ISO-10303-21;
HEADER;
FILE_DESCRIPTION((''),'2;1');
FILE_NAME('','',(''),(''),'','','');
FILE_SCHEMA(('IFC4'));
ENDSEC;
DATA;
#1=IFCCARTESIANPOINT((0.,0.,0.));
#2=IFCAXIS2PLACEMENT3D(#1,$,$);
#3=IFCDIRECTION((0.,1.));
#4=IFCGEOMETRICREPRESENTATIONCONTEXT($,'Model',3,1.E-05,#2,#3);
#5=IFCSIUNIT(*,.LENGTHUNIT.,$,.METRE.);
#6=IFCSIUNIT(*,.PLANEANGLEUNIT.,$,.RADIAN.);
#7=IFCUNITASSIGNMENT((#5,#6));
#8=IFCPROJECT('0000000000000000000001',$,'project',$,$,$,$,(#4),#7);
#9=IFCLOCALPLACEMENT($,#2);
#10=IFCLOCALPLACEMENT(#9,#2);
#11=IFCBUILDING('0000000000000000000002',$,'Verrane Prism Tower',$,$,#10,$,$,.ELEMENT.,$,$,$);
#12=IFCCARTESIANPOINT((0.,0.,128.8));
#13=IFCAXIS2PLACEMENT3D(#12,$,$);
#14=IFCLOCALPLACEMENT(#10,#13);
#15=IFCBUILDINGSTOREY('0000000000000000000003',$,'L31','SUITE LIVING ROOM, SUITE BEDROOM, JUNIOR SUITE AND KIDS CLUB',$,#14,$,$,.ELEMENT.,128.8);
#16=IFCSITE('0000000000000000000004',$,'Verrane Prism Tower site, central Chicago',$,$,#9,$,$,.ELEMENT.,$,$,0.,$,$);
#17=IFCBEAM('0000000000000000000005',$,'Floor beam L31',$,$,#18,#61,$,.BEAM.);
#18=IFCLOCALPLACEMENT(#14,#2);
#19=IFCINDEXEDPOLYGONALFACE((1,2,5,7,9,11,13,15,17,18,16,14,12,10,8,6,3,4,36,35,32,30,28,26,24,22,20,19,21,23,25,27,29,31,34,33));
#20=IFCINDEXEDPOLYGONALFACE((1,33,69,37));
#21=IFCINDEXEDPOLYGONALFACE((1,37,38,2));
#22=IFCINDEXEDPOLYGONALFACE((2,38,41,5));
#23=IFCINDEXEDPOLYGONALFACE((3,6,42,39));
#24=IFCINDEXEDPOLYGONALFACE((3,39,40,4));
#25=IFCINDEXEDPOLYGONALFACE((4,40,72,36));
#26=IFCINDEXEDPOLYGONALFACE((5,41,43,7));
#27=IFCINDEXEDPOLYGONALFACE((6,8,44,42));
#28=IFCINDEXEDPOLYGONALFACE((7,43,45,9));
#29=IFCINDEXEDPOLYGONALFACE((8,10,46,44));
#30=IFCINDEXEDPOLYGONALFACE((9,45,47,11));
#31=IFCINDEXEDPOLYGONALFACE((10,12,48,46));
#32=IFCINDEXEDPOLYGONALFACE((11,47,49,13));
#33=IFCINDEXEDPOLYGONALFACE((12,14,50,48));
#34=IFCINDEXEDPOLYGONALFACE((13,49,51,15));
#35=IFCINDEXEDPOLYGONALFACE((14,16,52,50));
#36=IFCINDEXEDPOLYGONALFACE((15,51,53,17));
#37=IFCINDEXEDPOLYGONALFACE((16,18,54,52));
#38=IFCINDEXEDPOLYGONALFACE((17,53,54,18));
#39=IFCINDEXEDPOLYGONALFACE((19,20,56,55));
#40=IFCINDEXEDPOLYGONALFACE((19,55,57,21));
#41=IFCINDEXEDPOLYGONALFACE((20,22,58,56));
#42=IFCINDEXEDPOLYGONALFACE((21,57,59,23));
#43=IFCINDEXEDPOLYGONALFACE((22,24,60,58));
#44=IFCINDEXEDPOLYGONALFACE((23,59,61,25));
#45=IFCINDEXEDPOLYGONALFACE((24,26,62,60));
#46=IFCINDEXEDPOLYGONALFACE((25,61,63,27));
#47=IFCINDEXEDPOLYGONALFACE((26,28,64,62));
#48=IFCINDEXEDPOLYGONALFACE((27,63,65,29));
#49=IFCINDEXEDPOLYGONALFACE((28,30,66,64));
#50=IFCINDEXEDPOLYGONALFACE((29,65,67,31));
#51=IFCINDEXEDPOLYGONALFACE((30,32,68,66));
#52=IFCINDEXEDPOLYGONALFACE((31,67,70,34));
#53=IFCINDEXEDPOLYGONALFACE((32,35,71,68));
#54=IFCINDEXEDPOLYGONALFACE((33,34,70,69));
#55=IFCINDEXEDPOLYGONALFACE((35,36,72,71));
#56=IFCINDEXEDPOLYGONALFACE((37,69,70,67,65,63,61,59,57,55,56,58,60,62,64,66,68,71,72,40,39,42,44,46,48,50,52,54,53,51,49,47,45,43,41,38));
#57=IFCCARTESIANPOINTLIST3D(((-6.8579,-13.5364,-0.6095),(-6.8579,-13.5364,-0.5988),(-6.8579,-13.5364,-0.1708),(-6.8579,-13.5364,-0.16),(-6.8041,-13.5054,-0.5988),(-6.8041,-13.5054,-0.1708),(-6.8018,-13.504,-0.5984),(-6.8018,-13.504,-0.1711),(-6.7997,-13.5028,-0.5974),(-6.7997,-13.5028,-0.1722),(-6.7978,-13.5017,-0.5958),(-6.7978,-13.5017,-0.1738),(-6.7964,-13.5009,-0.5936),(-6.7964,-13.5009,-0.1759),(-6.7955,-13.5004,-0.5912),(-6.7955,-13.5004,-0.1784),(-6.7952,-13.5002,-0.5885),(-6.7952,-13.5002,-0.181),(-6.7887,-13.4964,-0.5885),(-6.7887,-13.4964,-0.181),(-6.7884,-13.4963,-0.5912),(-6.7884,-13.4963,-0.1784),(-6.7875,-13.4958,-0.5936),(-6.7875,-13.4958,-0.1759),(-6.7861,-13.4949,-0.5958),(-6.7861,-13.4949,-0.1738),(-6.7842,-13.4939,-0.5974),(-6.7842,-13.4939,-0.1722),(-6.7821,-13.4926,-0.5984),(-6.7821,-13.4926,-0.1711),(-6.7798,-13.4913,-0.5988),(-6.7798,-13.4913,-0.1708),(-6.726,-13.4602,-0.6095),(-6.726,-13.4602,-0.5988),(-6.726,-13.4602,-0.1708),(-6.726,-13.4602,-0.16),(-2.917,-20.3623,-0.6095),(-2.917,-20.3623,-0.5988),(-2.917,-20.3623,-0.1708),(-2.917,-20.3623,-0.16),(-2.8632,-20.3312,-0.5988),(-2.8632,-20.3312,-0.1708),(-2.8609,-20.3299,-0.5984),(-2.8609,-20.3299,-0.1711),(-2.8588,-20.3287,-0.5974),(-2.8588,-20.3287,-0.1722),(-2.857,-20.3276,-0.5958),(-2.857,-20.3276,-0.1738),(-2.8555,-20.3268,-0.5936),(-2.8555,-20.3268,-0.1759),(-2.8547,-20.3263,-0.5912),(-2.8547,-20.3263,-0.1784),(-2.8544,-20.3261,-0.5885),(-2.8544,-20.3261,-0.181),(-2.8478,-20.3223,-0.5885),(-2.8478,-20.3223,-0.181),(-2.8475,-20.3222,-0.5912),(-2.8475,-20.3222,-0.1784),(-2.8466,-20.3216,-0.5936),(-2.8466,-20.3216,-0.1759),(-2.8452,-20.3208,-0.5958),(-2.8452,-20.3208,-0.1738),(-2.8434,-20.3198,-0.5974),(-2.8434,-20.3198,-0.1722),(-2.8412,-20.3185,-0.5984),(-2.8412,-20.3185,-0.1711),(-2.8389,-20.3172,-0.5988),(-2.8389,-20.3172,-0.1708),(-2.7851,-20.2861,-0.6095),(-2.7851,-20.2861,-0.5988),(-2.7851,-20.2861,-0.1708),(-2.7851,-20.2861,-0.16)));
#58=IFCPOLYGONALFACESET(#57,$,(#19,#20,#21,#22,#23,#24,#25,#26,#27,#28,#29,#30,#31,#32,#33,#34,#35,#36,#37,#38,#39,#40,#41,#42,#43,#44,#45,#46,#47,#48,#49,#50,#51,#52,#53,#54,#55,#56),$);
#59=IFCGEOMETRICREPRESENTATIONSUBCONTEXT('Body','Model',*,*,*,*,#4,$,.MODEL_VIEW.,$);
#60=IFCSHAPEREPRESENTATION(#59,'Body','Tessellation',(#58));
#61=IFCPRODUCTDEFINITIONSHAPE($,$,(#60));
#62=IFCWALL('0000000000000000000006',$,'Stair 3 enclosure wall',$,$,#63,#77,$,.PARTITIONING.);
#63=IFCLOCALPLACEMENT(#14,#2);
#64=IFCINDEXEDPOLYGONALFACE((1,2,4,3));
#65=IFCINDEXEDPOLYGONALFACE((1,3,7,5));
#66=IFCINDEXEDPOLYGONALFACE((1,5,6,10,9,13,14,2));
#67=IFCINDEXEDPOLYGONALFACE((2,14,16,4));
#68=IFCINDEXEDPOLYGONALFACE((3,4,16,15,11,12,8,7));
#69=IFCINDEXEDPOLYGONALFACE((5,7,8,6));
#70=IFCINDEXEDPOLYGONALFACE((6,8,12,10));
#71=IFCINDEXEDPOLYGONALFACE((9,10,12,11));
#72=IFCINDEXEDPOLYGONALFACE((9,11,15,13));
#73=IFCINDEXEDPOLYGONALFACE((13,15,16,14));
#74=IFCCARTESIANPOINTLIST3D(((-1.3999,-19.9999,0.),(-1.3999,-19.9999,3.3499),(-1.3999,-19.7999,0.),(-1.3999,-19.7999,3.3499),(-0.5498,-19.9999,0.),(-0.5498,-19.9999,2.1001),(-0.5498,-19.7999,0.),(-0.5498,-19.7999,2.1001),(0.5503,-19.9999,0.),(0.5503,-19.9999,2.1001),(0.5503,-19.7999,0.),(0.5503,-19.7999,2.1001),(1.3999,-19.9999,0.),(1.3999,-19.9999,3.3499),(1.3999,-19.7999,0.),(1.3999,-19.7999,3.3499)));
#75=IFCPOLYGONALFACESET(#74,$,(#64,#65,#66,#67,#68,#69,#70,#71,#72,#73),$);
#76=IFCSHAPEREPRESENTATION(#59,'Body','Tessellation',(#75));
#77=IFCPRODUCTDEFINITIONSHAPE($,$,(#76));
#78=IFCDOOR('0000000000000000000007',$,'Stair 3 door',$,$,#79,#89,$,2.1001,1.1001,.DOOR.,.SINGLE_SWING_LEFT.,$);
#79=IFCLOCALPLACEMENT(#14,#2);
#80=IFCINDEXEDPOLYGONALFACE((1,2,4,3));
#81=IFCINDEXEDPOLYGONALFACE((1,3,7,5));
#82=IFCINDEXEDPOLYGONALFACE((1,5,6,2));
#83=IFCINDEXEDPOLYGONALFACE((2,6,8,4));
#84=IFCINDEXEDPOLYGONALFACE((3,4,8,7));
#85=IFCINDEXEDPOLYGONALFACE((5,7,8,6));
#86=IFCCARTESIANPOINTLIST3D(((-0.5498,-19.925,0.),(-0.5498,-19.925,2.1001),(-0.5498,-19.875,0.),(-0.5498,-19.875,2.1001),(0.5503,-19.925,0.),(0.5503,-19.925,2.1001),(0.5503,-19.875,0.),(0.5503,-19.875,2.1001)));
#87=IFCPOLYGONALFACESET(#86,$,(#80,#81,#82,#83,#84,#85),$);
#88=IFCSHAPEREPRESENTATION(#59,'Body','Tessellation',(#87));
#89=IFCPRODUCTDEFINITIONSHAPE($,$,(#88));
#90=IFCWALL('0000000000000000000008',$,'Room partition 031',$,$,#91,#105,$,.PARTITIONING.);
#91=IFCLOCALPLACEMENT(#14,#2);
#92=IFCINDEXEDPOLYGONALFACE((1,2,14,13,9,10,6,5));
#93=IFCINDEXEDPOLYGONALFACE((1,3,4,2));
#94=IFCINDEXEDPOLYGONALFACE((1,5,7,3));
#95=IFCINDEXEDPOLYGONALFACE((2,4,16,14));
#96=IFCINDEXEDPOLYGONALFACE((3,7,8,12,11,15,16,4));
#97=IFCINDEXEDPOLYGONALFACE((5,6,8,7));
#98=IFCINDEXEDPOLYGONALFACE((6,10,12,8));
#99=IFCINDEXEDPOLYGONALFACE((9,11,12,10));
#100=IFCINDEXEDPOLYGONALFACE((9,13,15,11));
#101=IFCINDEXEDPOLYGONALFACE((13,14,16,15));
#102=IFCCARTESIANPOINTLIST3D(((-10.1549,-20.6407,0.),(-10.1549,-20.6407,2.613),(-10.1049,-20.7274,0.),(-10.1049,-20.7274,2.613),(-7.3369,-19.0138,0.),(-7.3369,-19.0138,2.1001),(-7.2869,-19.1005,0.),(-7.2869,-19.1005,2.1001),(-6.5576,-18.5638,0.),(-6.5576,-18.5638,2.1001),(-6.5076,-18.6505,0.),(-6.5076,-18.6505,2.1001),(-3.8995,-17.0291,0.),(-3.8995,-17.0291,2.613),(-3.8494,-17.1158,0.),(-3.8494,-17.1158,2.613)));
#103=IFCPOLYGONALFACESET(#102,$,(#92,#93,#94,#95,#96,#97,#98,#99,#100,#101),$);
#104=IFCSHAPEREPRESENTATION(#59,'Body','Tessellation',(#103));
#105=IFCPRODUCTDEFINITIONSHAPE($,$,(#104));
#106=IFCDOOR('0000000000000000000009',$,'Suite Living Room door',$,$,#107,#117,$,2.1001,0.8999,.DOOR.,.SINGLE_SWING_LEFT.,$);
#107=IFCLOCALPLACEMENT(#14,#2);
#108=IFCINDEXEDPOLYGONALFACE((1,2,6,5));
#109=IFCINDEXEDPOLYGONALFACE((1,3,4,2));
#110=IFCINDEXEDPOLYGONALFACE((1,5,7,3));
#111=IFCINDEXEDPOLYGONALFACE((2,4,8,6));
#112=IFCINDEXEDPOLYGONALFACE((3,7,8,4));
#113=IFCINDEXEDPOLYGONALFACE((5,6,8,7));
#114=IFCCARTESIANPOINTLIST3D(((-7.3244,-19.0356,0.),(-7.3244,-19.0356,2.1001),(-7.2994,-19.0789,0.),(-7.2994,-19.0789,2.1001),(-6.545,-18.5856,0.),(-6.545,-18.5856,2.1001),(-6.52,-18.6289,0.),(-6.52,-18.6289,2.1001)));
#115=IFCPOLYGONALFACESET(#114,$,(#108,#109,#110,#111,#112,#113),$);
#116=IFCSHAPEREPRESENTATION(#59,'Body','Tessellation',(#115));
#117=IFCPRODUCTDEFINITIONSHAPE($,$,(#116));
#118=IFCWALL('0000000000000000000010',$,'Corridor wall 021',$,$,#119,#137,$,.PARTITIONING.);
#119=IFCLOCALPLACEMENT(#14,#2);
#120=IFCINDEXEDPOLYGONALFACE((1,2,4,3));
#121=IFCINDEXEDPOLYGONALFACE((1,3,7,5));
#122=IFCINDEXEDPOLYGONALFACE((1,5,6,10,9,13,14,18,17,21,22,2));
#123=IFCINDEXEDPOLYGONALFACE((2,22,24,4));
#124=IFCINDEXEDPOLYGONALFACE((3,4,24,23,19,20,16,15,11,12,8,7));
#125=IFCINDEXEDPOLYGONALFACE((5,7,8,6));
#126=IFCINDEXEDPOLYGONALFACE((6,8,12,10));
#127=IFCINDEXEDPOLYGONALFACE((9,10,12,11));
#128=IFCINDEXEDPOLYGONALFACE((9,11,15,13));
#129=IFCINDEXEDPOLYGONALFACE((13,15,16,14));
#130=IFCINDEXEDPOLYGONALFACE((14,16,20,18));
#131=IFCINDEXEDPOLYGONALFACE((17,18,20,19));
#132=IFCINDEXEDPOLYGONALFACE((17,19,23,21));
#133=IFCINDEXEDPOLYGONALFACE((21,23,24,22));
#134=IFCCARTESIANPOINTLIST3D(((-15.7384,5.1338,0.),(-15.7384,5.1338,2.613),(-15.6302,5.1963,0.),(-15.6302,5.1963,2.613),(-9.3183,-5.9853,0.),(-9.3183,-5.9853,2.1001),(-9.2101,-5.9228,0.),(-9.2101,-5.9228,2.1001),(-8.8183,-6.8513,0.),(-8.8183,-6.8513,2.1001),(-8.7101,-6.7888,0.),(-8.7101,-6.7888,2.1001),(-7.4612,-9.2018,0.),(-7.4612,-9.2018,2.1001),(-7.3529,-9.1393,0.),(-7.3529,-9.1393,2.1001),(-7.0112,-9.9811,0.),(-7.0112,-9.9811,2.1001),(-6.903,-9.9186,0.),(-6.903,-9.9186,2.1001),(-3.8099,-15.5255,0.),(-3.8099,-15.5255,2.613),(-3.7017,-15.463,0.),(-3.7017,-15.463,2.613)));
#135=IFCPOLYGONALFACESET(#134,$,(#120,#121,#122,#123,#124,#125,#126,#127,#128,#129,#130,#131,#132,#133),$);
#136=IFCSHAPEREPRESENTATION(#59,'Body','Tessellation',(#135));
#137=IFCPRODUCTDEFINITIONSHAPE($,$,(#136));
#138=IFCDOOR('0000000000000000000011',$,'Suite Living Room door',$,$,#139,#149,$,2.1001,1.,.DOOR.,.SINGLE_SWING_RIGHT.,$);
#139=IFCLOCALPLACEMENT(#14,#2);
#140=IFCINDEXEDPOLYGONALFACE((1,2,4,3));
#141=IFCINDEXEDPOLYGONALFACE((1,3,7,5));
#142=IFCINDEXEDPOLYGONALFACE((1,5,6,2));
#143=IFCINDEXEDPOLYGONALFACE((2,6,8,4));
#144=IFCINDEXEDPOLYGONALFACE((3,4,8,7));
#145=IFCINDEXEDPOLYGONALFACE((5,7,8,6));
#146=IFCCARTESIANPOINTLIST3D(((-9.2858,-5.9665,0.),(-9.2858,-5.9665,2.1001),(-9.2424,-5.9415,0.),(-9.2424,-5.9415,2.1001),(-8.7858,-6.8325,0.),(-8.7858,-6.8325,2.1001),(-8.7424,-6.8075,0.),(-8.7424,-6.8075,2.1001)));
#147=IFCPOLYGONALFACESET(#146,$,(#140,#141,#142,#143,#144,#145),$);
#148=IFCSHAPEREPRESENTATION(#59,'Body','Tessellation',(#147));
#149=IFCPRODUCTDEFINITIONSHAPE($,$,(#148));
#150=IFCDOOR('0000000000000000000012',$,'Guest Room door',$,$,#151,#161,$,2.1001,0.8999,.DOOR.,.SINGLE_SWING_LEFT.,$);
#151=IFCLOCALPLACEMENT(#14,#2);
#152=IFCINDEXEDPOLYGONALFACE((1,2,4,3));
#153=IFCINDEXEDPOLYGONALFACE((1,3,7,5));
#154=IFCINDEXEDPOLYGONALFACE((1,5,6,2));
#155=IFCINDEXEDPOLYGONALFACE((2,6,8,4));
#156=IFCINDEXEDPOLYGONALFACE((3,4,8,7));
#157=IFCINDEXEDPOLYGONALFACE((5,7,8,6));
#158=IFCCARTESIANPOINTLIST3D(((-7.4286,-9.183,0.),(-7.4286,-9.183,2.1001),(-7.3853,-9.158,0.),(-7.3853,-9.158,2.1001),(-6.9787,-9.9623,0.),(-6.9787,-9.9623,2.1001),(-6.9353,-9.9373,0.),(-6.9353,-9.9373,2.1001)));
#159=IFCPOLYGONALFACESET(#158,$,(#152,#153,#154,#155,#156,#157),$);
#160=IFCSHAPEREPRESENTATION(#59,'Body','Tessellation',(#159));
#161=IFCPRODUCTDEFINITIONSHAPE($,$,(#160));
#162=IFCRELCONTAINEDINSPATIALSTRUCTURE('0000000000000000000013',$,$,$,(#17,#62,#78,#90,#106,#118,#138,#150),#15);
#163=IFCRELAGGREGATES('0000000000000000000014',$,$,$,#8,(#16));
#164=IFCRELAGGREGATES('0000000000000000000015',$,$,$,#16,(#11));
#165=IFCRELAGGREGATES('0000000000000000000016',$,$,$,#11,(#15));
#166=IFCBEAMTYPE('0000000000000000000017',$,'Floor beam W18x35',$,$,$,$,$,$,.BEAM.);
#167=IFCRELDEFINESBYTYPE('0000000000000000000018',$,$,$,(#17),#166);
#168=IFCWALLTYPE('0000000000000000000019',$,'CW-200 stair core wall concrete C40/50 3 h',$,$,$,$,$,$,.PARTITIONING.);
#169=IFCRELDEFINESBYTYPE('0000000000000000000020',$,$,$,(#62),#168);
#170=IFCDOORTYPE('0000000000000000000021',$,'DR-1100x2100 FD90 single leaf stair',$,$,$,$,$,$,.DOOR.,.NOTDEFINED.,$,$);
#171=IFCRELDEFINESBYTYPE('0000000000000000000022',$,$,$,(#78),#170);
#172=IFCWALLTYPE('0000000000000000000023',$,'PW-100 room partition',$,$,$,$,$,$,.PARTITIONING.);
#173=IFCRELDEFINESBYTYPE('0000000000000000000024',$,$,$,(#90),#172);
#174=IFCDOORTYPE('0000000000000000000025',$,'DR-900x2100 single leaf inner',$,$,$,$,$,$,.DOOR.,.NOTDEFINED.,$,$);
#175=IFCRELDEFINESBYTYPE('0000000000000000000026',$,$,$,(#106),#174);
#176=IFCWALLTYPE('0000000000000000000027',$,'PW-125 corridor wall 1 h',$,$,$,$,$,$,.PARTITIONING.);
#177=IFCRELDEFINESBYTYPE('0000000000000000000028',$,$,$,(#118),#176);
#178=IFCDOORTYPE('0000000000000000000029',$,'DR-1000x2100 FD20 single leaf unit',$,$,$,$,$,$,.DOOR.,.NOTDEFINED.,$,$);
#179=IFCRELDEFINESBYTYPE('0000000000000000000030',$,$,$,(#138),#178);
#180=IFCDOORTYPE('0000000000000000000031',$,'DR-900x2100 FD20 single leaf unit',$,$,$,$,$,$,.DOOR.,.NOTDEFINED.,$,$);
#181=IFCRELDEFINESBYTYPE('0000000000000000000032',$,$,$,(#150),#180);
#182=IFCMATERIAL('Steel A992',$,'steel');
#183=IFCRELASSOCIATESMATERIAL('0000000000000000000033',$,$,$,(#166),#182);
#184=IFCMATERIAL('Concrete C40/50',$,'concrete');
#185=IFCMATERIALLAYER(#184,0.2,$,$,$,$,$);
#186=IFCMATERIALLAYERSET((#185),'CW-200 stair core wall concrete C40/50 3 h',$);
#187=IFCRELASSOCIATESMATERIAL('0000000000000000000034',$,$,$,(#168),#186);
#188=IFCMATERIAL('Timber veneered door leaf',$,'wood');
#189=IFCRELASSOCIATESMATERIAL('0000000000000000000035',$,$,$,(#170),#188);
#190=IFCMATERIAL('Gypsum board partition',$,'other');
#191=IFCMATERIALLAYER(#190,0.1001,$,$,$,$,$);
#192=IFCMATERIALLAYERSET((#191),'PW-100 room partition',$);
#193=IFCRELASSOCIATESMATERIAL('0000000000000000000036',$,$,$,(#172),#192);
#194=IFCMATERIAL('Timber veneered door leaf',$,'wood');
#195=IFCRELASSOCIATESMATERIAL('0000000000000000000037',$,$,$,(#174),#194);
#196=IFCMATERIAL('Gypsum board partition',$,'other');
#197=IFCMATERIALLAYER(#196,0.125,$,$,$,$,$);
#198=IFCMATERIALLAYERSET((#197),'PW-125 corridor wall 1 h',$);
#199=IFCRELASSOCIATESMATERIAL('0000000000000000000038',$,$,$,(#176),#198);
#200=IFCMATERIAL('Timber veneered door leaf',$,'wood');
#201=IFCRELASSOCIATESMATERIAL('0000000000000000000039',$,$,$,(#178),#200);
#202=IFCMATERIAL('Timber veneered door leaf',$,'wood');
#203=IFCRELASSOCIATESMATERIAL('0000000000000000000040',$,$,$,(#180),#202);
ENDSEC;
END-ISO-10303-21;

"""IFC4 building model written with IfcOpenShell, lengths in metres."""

from ifc_helpers import new_model, si_unit, direction, frame, frame_2d, origin, origin_2d, place, context, subcontext, project, spatial, rectangle, i_section, extrude, material, layer, layer_set, material_profile, profile_set, type_object, element, fill, save


model = new_model("IFC4")

# Units and contexts
model_context = context("Model", 3, precision=1e-05, world=origin(), true_north=direction((0.0, 1.0)))
body_context = subcontext(model_context, "Body", "Model", "MODEL_VIEW")
ifc_project = project(units=[si_unit("LENGTHUNIT", "METRE"), si_unit("PLANEANGLEUNIT", "RADIAN")], contexts=[model_context])

# Site, building, storey
site_placement = place(None, origin())
site = spatial("IfcSite", under=ifc_project, at=site_placement, Name="Verrane Prism Tower site, central Chicago", CompositionType="ELEMENT", RefElevation=0.0)
building_placement = place(site_placement, origin())
building = spatial("IfcBuilding", under=site, at=building_placement, Name="Verrane Prism Tower", CompositionType="ELEMENT")
storey_placement = place(building_placement, frame((0.0, 0.0, 128.8)))
storey = spatial("IfcBuildingStorey", under=building, at=storey_placement, Name="L31", Description="SUITE LIVING ROOM, SUITE BEDROOM, JUNIOR SUITE AND KIDS CLUB", CompositionType="ELEMENT", Elevation=128.8)

# Beam
ifc_material_1 = material(Name="Steel A992", Category="steel")
ifc_material_profile_1 = material_profile(ifc_material_1, i_section(OverallWidth=0.1523, OverallDepth=0.4495, WebThickness=0.0076, FlangeThickness=0.0107, FilletRadius=0.0103, at=origin_2d()), Name="W18x35")
ifc_profile_set_1 = profile_set([ifc_material_profile_1], Name="Steel A992")
beam_type_1 = type_object("IfcBeamType", Name="Floor beam W18x35", PredefinedType="BEAM", material=ifc_profile_set_1)
beam_1_placement = place(storey_placement, frame((-2.8511, -20.3242, -0.3848), z_axis=(-0.499997, 0.866027, 0.0), x_axis=(-0.866027, -0.499997, 0.0)))
element("IfcBeam", 1, at=beam_1_placement, inside=storey, type_object=beam_type_1, Name="Floor beam L31", PredefinedType="BEAM", context=body_context, shape_type="SweptSolid", body=[
    extrude(i_section(OverallWidth=0.1523, OverallDepth=0.4495, WebThickness=0.0076, FlangeThickness=0.0107, FilletRadius=0.0103, at=origin_2d()), origin(), (0.0, 0.0, 1.0), 7.8818),
])

# Walls, openings, doors
ifc_material_2 = material(Name="Concrete C40/50", Category="concrete")
ifc_layer_1 = layer(ifc_material_2, 0.2)
ifc_layer_set_1 = layer_set([ifc_layer_1], Name="CW-200 stair core wall concrete C40/50 3 h")
wall_type_1 = type_object("IfcWallType", Name="CW-200 stair core wall concrete C40/50 3 h", PredefinedType="PARTITIONING", material=ifc_layer_set_1)
wall_1_placement = place(storey_placement, frame((-1.3999, -19.8999, 0.0), z_axis=(0.0, 0.0, 1.0), x_axis=(1.0, 0.0, 0.0)))
wall_1 = element("IfcWall", 2, at=wall_1_placement, inside=storey, type_object=wall_type_1, Name="Stair 3 enclosure wall", PredefinedType="PARTITIONING", context=body_context, shape_type="SweptSolid", body=[
    extrude(rectangle(XDim=2.7998, YDim=0.2, at=frame_2d((1.3999, 0.0))), origin(), (0.0, 0.0, 1.0), 3.3499),
])
opening_1_placement = place(wall_1_placement, frame((0.8501, 0.0, 0.0)))
opening_1 = element("IfcOpeningElement", 3, at=opening_1_placement, cuts=wall_1, PredefinedType="OPENING", context=body_context, shape_type="SweptSolid", body=[
    extrude(rectangle(XDim=1.1001, YDim=2.1001, at=frame_2d((0.55, 1.05))), frame((0.0, 0.1099, 0.0), z_axis=(0.0, -1.0, 0.0), x_axis=(1.0, 0.0, 0.0)), (0.0, 0.0, 1.0), 0.22),
])
ifc_material_3 = material(Name="Timber veneered door leaf", Category="wood")
door_type_1 = type_object("IfcDoorType", Name="DR-1100x2100 FD90 single leaf stair", OperationType="NOTDEFINED", PredefinedType="DOOR", material=ifc_material_3)
door_1_placement = place(opening_1_placement, origin())
door_1 = element("IfcDoor", 4, at=door_1_placement, inside=storey, type_object=door_type_1, Name="Stair 3 door", OperationType="SINGLE_SWING_LEFT", OverallHeight=2.1001, OverallWidth=1.1001, PredefinedType="DOOR", context=body_context, shape_type="SweptSolid", body=[
    extrude(rectangle(XDim=1.1001, YDim=2.1001, at=frame_2d((0.55, 1.05))), frame((0.0, 0.0249, 0.0), z_axis=(0.0, -1.0, 0.0), x_axis=(1.0, 0.0, 0.0)), (0.0, 0.0, 1.0), 0.05),
])
fill(opening_1, door_1)
ifc_material_4 = material(Name="Gypsum board partition", Category="other")
ifc_layer_2 = layer(ifc_material_4, 0.1001)
ifc_layer_set_2 = layer_set([ifc_layer_2], Name="PW-100 room partition")
wall_type_2 = type_object("IfcWallType", Name="PW-100 room partition", PredefinedType="PARTITIONING", material=ifc_layer_set_2)
wall_2_placement = place(storey_placement, frame((-10.1299, -20.6841, 0.0), z_axis=(0.0, 0.0, 1.0), x_axis=(0.866023, 0.500003, 0.0)))
wall_2 = element("IfcWall", 5, at=wall_2_placement, inside=storey, type_object=wall_type_2, Name="Room partition 031", PredefinedType="PARTITIONING", context=body_context, shape_type="SweptSolid", body=[
    extrude(rectangle(XDim=7.2231, YDim=0.1001, at=frame_2d((3.6116, 0.0))), origin(), (0.0, 0.0, 1.0), 2.613),
])
opening_2_placement = place(wall_2_placement, frame((3.2539, 0.0, 0.0)))
opening_2 = element("IfcOpeningElement", 6, at=opening_2_placement, cuts=wall_2, PredefinedType="OPENING", context=body_context, shape_type="SweptSolid", body=[
    extrude(rectangle(XDim=0.8999, YDim=2.1001, at=frame_2d((0.45, 1.05))), frame((0.0, 0.0601, 0.0), z_axis=(0.0, -1.0, 0.0), x_axis=(1.0, 0.0, 0.0)), (0.0, 0.0, 1.0), 0.1201),
])
ifc_material_5 = material(Name="Timber veneered door leaf", Category="wood")
door_type_2 = type_object("IfcDoorType", Name="DR-900x2100 single leaf inner", OperationType="NOTDEFINED", PredefinedType="DOOR", material=ifc_material_5)
door_2_placement = place(opening_2_placement, origin())
door_2 = element("IfcDoor", 7, at=door_2_placement, inside=storey, type_object=door_type_2, Name="Suite Living Room door", OperationType="SINGLE_SWING_LEFT", OverallHeight=2.1001, OverallWidth=0.8999, PredefinedType="DOOR", context=body_context, shape_type="SweptSolid", body=[
    extrude(rectangle(XDim=0.8999, YDim=2.1001, at=frame_2d((0.45, 1.05))), frame((0.0, 0.0249, 0.0), z_axis=(0.0, -1.0, 0.0), x_axis=(1.0, 0.0, 0.0)), (0.0, 0.0, 1.0), 0.05),
])
fill(opening_2, door_2)

# Wall, openings, doors
ifc_material_6 = material(Name="Gypsum board partition", Category="other")
ifc_layer_3 = layer(ifc_material_6, 0.125)
ifc_layer_set_3 = layer_set([ifc_layer_3], Name="PW-125 corridor wall 1 h")
wall_type_3 = type_object("IfcWallType", Name="PW-125 corridor wall 1 h", PredefinedType="PARTITIONING", material=ifc_layer_set_3)
wall_3_placement = place(storey_placement, frame((-3.7559, -15.4941, 0.0), z_axis=(0.0, 0.0, 1.0), x_axis=(-0.500028, 0.866009, 0.0)))
wall_3 = element("IfcWall", 8, at=wall_3_placement, inside=storey, type_object=wall_type_3, Name="Corridor wall 021", PredefinedType="PARTITIONING", context=body_context, shape_type="SweptSolid", body=[
    extrude(rectangle(XDim=23.8557, YDim=0.125, at=frame_2d((11.9277, 0.0))), origin(), (0.0, 0.0, 1.0), 2.613),
])
opening_3_placement = place(wall_3_placement, frame((10.0161, 0.0, 0.0)))
opening_3 = element("IfcOpeningElement", 9, at=opening_3_placement, cuts=wall_3, PredefinedType="OPENING", context=body_context, shape_type="SweptSolid", body=[
    extrude(rectangle(XDim=1.0, YDim=2.1001, at=frame_2d((0.5, 1.05))), frame((0.0, 0.0725, 0.0), z_axis=(0.0, -1.0, 0.0), x_axis=(1.0, 0.0, 0.0)), (0.0, 0.0, 1.0), 0.145),
])
opening_4_placement = place(wall_3_placement, frame((6.4021, 0.0, 0.0)))
opening_4 = element("IfcOpeningElement", 10, at=opening_4_placement, cuts=wall_3, PredefinedType="OPENING", context=body_context, shape_type="SweptSolid", body=[
    extrude(rectangle(XDim=0.8999, YDim=2.1001, at=frame_2d((0.45, 1.05))), frame((0.0, 0.0725, 0.0), z_axis=(0.0, -1.0, 0.0), x_axis=(1.0, 0.0, 0.0)), (0.0, 0.0, 1.0), 0.145),
])
ifc_material_7 = material(Name="Timber veneered door leaf", Category="wood")
door_type_3 = type_object("IfcDoorType", Name="DR-1000x2100 FD20 single leaf unit", OperationType="NOTDEFINED", PredefinedType="DOOR", material=ifc_material_7)
door_3_placement = place(opening_3_placement, origin())
door_3 = element("IfcDoor", 11, at=door_3_placement, inside=storey, type_object=door_type_3, Name="Suite Living Room door", OperationType="SINGLE_SWING_RIGHT", OverallHeight=2.1001, OverallWidth=1.0, PredefinedType="DOOR", context=body_context, shape_type="SweptSolid", body=[
    extrude(rectangle(XDim=1.0, YDim=2.1001, at=frame_2d((0.5, 1.05))), frame((0.0, 0.0249, 0.0), z_axis=(0.0, -1.0, 0.0), x_axis=(1.0, 0.0, 0.0)), (0.0, 0.0, 1.0), 0.05),
])
fill(opening_3, door_3)
ifc_material_8 = material(Name="Timber veneered door leaf", Category="wood")
door_type_4 = type_object("IfcDoorType", Name="DR-900x2100 FD20 single leaf unit", OperationType="NOTDEFINED", PredefinedType="DOOR", material=ifc_material_8)
door_4_placement = place(opening_4_placement, origin())
door_4 = element("IfcDoor", 12, at=door_4_placement, inside=storey, type_object=door_type_4, Name="Guest Room door", OperationType="SINGLE_SWING_LEFT", OverallHeight=2.1001, OverallWidth=0.8999, PredefinedType="DOOR", context=body_context, shape_type="SweptSolid", body=[
    extrude(rectangle(XDim=0.8999, YDim=2.1001, at=frame_2d((0.45, 1.05))), frame((0.0, 0.0249, 0.0), z_axis=(0.0, -1.0, 0.0), x_axis=(1.0, 0.0, 0.0)), (0.0, 0.0, 1.0), 0.05),
])
fill(opening_4, door_4)

save(model, "model.ifc")
